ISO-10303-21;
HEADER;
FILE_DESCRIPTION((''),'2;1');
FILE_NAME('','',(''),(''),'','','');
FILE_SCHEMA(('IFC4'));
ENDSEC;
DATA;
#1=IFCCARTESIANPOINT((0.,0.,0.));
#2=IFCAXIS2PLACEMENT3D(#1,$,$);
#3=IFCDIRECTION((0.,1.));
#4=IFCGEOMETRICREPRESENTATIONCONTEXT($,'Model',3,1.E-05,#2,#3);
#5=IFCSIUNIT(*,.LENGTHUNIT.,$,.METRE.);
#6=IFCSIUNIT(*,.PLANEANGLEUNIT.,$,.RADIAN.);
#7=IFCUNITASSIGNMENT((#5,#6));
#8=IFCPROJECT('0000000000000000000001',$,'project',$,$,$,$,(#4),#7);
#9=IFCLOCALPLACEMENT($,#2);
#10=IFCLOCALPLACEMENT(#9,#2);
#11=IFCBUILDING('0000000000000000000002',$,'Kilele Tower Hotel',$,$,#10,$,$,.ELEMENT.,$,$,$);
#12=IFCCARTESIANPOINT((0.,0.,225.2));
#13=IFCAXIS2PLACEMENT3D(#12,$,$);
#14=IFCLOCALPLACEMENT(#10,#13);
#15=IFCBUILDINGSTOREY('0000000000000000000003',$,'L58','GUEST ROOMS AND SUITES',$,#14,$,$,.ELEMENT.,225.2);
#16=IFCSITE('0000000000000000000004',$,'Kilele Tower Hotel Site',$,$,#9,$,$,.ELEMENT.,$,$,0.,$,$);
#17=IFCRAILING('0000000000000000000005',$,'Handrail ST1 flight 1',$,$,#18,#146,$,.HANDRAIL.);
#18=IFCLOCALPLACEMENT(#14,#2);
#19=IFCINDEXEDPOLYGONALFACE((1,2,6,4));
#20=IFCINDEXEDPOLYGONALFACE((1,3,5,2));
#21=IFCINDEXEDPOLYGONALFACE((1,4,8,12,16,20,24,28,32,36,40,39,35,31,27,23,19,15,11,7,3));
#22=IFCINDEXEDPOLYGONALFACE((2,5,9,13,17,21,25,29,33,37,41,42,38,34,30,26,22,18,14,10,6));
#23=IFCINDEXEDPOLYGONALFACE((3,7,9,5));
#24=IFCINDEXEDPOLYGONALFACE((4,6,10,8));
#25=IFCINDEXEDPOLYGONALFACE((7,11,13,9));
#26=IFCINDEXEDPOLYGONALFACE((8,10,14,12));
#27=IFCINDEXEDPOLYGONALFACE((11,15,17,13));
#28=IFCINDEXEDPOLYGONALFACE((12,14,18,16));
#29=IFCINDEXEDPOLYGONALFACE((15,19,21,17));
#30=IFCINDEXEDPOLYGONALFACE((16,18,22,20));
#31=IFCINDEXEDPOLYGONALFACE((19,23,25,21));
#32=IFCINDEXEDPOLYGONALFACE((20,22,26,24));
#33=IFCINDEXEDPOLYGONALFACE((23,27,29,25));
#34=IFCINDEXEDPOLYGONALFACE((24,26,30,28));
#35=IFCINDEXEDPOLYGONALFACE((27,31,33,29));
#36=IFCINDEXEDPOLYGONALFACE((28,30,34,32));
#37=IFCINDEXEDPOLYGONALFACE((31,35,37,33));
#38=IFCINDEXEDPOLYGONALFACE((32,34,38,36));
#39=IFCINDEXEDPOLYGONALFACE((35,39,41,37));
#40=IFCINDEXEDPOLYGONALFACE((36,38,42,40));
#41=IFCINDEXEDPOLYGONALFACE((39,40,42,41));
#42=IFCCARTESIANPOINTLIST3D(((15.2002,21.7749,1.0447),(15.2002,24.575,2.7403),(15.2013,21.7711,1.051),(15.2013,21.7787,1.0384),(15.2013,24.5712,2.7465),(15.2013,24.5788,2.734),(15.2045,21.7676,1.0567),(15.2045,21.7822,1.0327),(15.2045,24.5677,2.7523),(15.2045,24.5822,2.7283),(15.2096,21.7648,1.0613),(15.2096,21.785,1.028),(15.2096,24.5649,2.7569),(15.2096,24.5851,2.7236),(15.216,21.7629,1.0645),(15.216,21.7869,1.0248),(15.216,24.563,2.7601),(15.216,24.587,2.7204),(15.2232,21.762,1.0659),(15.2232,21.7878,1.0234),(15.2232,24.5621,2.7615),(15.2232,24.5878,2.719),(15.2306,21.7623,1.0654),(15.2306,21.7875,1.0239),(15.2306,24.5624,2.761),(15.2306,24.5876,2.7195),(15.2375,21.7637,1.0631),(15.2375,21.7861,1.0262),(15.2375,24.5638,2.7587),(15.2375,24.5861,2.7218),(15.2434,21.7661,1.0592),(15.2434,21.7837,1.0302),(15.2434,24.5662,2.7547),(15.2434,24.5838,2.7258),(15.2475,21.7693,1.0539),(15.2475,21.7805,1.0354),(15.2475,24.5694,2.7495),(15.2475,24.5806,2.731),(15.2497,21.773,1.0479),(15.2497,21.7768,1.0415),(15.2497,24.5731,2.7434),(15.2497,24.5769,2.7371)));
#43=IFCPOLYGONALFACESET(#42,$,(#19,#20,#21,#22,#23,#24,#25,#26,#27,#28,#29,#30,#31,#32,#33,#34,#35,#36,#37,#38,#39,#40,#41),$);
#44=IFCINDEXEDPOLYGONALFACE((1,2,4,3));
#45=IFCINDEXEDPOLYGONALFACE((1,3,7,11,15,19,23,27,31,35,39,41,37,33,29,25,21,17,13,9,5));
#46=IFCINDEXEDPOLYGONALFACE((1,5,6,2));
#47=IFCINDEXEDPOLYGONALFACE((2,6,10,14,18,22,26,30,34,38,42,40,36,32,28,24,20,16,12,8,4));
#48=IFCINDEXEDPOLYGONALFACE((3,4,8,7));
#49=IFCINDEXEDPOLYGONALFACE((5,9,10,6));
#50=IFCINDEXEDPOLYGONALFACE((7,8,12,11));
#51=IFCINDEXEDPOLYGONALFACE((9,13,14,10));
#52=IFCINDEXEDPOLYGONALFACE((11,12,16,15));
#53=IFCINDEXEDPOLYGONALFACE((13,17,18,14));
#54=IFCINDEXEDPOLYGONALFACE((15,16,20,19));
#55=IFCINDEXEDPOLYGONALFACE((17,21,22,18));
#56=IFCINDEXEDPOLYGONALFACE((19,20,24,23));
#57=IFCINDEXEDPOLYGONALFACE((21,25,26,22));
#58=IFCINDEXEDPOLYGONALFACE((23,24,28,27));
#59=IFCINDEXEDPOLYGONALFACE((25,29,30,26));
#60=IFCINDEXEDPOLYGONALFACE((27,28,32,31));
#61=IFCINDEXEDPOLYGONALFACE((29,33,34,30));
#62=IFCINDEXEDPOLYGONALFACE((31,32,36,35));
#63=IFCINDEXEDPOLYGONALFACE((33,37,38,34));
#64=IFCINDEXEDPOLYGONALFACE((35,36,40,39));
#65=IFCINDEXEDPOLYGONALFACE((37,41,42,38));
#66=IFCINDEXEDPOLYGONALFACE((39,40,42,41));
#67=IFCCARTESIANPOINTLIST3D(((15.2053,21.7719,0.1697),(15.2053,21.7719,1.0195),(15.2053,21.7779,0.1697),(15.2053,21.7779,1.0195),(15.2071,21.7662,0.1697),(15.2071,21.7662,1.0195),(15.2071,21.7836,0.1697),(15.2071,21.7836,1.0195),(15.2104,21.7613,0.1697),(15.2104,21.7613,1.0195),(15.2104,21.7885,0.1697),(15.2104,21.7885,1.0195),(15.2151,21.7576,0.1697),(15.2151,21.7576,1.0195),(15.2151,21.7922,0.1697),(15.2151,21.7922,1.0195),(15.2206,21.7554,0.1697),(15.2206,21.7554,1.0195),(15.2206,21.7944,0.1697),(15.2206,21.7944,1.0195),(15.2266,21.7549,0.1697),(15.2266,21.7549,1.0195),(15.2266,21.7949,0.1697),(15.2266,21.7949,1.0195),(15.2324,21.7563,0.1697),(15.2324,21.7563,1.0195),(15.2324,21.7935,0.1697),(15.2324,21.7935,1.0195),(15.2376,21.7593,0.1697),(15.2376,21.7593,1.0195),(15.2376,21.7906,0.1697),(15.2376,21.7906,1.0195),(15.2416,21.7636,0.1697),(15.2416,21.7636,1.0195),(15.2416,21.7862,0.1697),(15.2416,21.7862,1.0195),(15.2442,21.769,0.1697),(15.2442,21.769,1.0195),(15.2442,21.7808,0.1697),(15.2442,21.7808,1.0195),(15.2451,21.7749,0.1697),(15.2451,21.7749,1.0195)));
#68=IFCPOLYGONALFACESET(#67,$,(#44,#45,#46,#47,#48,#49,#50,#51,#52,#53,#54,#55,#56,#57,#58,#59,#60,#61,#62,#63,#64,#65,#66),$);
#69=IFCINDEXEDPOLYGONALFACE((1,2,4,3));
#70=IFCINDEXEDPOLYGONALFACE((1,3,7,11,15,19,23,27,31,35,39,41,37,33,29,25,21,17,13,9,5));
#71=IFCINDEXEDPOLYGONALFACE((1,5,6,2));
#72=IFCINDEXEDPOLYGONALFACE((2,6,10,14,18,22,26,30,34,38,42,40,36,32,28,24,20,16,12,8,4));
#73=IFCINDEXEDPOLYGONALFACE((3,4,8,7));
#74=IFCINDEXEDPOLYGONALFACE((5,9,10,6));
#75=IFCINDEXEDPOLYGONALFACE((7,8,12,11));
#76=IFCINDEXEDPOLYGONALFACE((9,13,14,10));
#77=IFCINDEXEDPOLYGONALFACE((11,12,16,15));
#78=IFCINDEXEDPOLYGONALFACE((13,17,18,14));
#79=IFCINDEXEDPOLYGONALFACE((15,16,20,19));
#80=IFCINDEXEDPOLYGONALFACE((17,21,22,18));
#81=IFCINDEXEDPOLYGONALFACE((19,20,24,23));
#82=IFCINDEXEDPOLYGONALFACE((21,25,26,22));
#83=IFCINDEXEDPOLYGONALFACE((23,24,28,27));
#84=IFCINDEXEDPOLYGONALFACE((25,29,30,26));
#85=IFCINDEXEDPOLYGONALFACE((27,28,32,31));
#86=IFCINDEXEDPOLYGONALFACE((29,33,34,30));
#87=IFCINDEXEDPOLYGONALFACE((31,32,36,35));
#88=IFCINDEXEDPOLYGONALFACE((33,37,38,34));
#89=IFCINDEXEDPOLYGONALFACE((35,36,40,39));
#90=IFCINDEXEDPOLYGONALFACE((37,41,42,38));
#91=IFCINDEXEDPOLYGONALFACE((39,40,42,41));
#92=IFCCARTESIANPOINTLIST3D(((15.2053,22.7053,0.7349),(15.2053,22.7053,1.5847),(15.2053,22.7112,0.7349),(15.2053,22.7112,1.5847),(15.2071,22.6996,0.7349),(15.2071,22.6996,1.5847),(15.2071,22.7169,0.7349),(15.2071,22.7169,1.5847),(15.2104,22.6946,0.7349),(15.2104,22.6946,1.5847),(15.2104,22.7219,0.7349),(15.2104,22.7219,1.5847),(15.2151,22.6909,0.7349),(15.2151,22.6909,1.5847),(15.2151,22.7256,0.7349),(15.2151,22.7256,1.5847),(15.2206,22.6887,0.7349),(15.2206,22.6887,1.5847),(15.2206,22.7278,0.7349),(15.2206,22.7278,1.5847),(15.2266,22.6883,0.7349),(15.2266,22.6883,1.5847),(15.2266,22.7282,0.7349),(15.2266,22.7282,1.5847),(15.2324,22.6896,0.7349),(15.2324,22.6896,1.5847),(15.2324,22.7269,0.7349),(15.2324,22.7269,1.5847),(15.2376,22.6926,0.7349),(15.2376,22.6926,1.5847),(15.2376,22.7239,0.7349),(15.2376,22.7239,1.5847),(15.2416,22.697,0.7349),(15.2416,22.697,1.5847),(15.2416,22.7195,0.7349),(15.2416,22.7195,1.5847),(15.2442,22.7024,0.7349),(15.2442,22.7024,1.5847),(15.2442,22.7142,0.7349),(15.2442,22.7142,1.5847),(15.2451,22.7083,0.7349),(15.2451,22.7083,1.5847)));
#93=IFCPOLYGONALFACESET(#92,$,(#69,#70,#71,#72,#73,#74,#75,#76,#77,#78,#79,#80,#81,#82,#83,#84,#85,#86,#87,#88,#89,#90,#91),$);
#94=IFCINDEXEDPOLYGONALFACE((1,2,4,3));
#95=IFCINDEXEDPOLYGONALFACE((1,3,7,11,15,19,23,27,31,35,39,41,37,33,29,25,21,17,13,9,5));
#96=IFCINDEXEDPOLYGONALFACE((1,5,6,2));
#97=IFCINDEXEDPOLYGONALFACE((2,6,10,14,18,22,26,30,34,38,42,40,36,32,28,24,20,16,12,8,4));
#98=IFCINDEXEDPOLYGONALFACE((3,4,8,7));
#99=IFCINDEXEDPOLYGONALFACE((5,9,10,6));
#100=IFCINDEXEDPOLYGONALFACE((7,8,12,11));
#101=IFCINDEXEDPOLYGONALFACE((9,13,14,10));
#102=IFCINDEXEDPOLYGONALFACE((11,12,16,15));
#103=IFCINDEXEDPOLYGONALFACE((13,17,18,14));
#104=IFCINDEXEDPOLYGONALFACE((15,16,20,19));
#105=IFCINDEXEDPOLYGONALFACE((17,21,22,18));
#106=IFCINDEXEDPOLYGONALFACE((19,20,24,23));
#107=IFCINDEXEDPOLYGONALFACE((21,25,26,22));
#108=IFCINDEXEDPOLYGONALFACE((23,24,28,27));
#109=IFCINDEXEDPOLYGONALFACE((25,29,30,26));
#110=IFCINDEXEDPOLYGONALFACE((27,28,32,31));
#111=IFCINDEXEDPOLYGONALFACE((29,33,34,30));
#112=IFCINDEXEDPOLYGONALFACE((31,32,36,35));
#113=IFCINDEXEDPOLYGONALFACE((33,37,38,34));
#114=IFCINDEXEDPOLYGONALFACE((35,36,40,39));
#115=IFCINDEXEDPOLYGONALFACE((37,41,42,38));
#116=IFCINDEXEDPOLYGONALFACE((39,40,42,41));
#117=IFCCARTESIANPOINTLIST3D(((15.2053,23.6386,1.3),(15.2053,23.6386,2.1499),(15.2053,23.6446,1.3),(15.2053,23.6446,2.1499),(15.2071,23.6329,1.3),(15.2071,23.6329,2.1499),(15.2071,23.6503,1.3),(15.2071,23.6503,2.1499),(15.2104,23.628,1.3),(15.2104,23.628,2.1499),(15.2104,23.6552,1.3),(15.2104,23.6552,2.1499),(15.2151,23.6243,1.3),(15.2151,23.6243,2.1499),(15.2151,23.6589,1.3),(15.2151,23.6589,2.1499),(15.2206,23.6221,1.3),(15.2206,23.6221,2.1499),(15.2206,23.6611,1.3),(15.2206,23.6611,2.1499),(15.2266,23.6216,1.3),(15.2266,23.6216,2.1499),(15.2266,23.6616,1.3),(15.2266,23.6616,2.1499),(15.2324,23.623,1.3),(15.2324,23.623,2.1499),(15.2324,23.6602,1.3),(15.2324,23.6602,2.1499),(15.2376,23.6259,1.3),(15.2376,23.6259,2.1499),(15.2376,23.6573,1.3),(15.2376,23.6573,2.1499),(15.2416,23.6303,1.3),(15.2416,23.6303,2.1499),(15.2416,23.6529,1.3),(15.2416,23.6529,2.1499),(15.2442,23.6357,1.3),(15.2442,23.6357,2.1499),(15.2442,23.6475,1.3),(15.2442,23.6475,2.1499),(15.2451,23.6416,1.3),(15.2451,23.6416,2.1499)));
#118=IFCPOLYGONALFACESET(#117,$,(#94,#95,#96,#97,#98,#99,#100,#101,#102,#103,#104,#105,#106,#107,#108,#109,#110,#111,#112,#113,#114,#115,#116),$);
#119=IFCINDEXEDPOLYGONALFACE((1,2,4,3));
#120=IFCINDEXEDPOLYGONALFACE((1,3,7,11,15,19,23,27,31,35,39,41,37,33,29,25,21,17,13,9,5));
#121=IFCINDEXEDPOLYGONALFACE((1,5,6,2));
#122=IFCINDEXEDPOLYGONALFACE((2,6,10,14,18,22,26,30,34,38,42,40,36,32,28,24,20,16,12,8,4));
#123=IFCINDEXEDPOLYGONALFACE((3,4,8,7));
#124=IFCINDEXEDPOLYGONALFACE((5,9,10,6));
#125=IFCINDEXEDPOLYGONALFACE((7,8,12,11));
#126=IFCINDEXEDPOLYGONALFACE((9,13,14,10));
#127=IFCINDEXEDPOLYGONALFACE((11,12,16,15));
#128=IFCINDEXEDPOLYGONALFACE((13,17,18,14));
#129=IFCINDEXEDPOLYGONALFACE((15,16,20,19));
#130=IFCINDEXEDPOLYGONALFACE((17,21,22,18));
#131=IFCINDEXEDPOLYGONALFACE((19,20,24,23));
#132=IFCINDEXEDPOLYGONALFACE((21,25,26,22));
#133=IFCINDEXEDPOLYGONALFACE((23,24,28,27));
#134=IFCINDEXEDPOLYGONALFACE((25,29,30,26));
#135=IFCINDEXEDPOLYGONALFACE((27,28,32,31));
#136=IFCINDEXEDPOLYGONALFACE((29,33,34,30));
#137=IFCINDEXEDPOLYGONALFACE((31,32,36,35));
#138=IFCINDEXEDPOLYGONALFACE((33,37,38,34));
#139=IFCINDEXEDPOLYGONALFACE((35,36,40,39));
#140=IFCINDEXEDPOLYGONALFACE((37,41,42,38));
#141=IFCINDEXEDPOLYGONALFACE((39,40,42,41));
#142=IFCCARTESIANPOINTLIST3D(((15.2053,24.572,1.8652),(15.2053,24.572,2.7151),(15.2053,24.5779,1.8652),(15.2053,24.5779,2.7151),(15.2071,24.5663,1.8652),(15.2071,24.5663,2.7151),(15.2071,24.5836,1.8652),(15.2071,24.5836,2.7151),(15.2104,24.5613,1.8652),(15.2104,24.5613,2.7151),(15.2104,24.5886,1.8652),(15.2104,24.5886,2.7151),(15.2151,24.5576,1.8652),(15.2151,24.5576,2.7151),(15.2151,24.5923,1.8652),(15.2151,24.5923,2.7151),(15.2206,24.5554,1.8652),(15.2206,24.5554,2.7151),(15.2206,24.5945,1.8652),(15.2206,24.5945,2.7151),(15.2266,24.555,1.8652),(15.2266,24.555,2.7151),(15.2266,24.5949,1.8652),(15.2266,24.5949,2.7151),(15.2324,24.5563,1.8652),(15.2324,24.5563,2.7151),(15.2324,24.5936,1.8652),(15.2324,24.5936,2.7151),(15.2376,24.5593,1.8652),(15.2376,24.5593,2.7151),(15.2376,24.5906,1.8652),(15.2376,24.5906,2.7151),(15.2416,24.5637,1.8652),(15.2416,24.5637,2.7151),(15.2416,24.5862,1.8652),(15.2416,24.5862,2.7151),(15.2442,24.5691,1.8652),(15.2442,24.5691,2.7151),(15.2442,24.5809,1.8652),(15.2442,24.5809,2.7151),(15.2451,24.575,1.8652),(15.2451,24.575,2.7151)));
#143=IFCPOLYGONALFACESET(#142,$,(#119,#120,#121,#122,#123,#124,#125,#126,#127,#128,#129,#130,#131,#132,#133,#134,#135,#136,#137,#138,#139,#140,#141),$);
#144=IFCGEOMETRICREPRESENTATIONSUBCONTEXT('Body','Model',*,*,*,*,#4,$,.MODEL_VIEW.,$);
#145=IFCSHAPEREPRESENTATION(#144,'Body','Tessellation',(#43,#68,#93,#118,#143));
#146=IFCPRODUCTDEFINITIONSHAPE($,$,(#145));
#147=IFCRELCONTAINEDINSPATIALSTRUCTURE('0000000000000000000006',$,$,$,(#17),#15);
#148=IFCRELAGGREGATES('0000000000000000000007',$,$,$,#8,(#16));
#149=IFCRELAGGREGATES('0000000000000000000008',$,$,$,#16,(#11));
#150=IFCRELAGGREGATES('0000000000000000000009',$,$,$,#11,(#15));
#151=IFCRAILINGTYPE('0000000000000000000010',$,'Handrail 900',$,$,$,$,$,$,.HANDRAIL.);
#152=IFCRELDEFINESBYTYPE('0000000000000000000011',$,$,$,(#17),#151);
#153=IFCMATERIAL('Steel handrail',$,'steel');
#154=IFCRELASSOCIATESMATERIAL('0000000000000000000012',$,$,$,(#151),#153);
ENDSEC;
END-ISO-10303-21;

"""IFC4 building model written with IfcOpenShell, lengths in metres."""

from ifc_helpers import new_model, si_unit, direction, frame, origin, origin_2d, place, context, subcontext, project, spatial, circle, extrude, material, type_object, element, save


model = new_model("IFC4")

# Units and contexts
model_context = context("Model", 3, precision=1e-05, world=origin(), true_north=direction((0.0, 1.0)))
body_context = subcontext(model_context, "Body", "Model", "MODEL_VIEW")
ifc_project = project(units=[si_unit("LENGTHUNIT", "METRE"), si_unit("PLANEANGLEUNIT", "RADIAN")], contexts=[model_context])

# Site, building, storey
site_placement = place(None, origin())
site = spatial("IfcSite", under=ifc_project, at=site_placement, Name="Kilele Tower Hotel Site", CompositionType="ELEMENT", RefElevation=0.0)
building_placement = place(site_placement, origin())
building = spatial("IfcBuilding", under=site, at=building_placement, Name="Kilele Tower Hotel", CompositionType="ELEMENT")
storey_placement = place(building_placement, frame((0.0, 0.0, 225.2)))
storey = spatial("IfcBuildingStorey", under=building, at=storey_placement, Name="L58", Description="GUEST ROOMS AND SUITES", CompositionType="ELEMENT", Elevation=225.2)

# Railing
ifc_material_1 = material(Name="Steel handrail", Category="steel")
railing_type_1 = type_object("IfcRailingType", Name="Handrail 900", PredefinedType="HANDRAIL", material=ifc_material_1)
for number, where, name in (
    (1, (15.2251, 21.7749, 0.1697), "Handrail ST1 flight 1"),
):
    element("IfcRailing", number, at=place(storey_placement, frame(where)), inside=storey, type_object=railing_type_1, Name=name, PredefinedType="HANDRAIL", context=body_context, shape_type="SweptSolid", body=[
        extrude(circle(Radius=0.0249, at=origin_2d()), frame((0.0, 0.0, 0.875), z_axis=(0.0, 0.855393, 0.517979), x_axis=(-1.0, 0.0, 0.0)), (0.0, 0.0, 1.0), 3.2734),
        extrude(circle(Radius=0.02, at=origin_2d()), origin(), (0.0, 0.0, 1.0), 0.8499),
        extrude(circle(Radius=0.02, at=origin_2d()), frame((0.0, 0.9333, 0.5652)), (0.0, 0.0, 1.0), 0.8499),
        extrude(circle(Radius=0.02, at=origin_2d()), frame((0.0, 1.8667, 1.1304)), (0.0, 0.0, 1.0), 0.8499),
        extrude(circle(Radius=0.02, at=origin_2d()), frame((0.0, 2.8, 1.6956)), (0.0, 0.0, 1.0), 0.8499),
    ])

save(model, "model.ifc")
